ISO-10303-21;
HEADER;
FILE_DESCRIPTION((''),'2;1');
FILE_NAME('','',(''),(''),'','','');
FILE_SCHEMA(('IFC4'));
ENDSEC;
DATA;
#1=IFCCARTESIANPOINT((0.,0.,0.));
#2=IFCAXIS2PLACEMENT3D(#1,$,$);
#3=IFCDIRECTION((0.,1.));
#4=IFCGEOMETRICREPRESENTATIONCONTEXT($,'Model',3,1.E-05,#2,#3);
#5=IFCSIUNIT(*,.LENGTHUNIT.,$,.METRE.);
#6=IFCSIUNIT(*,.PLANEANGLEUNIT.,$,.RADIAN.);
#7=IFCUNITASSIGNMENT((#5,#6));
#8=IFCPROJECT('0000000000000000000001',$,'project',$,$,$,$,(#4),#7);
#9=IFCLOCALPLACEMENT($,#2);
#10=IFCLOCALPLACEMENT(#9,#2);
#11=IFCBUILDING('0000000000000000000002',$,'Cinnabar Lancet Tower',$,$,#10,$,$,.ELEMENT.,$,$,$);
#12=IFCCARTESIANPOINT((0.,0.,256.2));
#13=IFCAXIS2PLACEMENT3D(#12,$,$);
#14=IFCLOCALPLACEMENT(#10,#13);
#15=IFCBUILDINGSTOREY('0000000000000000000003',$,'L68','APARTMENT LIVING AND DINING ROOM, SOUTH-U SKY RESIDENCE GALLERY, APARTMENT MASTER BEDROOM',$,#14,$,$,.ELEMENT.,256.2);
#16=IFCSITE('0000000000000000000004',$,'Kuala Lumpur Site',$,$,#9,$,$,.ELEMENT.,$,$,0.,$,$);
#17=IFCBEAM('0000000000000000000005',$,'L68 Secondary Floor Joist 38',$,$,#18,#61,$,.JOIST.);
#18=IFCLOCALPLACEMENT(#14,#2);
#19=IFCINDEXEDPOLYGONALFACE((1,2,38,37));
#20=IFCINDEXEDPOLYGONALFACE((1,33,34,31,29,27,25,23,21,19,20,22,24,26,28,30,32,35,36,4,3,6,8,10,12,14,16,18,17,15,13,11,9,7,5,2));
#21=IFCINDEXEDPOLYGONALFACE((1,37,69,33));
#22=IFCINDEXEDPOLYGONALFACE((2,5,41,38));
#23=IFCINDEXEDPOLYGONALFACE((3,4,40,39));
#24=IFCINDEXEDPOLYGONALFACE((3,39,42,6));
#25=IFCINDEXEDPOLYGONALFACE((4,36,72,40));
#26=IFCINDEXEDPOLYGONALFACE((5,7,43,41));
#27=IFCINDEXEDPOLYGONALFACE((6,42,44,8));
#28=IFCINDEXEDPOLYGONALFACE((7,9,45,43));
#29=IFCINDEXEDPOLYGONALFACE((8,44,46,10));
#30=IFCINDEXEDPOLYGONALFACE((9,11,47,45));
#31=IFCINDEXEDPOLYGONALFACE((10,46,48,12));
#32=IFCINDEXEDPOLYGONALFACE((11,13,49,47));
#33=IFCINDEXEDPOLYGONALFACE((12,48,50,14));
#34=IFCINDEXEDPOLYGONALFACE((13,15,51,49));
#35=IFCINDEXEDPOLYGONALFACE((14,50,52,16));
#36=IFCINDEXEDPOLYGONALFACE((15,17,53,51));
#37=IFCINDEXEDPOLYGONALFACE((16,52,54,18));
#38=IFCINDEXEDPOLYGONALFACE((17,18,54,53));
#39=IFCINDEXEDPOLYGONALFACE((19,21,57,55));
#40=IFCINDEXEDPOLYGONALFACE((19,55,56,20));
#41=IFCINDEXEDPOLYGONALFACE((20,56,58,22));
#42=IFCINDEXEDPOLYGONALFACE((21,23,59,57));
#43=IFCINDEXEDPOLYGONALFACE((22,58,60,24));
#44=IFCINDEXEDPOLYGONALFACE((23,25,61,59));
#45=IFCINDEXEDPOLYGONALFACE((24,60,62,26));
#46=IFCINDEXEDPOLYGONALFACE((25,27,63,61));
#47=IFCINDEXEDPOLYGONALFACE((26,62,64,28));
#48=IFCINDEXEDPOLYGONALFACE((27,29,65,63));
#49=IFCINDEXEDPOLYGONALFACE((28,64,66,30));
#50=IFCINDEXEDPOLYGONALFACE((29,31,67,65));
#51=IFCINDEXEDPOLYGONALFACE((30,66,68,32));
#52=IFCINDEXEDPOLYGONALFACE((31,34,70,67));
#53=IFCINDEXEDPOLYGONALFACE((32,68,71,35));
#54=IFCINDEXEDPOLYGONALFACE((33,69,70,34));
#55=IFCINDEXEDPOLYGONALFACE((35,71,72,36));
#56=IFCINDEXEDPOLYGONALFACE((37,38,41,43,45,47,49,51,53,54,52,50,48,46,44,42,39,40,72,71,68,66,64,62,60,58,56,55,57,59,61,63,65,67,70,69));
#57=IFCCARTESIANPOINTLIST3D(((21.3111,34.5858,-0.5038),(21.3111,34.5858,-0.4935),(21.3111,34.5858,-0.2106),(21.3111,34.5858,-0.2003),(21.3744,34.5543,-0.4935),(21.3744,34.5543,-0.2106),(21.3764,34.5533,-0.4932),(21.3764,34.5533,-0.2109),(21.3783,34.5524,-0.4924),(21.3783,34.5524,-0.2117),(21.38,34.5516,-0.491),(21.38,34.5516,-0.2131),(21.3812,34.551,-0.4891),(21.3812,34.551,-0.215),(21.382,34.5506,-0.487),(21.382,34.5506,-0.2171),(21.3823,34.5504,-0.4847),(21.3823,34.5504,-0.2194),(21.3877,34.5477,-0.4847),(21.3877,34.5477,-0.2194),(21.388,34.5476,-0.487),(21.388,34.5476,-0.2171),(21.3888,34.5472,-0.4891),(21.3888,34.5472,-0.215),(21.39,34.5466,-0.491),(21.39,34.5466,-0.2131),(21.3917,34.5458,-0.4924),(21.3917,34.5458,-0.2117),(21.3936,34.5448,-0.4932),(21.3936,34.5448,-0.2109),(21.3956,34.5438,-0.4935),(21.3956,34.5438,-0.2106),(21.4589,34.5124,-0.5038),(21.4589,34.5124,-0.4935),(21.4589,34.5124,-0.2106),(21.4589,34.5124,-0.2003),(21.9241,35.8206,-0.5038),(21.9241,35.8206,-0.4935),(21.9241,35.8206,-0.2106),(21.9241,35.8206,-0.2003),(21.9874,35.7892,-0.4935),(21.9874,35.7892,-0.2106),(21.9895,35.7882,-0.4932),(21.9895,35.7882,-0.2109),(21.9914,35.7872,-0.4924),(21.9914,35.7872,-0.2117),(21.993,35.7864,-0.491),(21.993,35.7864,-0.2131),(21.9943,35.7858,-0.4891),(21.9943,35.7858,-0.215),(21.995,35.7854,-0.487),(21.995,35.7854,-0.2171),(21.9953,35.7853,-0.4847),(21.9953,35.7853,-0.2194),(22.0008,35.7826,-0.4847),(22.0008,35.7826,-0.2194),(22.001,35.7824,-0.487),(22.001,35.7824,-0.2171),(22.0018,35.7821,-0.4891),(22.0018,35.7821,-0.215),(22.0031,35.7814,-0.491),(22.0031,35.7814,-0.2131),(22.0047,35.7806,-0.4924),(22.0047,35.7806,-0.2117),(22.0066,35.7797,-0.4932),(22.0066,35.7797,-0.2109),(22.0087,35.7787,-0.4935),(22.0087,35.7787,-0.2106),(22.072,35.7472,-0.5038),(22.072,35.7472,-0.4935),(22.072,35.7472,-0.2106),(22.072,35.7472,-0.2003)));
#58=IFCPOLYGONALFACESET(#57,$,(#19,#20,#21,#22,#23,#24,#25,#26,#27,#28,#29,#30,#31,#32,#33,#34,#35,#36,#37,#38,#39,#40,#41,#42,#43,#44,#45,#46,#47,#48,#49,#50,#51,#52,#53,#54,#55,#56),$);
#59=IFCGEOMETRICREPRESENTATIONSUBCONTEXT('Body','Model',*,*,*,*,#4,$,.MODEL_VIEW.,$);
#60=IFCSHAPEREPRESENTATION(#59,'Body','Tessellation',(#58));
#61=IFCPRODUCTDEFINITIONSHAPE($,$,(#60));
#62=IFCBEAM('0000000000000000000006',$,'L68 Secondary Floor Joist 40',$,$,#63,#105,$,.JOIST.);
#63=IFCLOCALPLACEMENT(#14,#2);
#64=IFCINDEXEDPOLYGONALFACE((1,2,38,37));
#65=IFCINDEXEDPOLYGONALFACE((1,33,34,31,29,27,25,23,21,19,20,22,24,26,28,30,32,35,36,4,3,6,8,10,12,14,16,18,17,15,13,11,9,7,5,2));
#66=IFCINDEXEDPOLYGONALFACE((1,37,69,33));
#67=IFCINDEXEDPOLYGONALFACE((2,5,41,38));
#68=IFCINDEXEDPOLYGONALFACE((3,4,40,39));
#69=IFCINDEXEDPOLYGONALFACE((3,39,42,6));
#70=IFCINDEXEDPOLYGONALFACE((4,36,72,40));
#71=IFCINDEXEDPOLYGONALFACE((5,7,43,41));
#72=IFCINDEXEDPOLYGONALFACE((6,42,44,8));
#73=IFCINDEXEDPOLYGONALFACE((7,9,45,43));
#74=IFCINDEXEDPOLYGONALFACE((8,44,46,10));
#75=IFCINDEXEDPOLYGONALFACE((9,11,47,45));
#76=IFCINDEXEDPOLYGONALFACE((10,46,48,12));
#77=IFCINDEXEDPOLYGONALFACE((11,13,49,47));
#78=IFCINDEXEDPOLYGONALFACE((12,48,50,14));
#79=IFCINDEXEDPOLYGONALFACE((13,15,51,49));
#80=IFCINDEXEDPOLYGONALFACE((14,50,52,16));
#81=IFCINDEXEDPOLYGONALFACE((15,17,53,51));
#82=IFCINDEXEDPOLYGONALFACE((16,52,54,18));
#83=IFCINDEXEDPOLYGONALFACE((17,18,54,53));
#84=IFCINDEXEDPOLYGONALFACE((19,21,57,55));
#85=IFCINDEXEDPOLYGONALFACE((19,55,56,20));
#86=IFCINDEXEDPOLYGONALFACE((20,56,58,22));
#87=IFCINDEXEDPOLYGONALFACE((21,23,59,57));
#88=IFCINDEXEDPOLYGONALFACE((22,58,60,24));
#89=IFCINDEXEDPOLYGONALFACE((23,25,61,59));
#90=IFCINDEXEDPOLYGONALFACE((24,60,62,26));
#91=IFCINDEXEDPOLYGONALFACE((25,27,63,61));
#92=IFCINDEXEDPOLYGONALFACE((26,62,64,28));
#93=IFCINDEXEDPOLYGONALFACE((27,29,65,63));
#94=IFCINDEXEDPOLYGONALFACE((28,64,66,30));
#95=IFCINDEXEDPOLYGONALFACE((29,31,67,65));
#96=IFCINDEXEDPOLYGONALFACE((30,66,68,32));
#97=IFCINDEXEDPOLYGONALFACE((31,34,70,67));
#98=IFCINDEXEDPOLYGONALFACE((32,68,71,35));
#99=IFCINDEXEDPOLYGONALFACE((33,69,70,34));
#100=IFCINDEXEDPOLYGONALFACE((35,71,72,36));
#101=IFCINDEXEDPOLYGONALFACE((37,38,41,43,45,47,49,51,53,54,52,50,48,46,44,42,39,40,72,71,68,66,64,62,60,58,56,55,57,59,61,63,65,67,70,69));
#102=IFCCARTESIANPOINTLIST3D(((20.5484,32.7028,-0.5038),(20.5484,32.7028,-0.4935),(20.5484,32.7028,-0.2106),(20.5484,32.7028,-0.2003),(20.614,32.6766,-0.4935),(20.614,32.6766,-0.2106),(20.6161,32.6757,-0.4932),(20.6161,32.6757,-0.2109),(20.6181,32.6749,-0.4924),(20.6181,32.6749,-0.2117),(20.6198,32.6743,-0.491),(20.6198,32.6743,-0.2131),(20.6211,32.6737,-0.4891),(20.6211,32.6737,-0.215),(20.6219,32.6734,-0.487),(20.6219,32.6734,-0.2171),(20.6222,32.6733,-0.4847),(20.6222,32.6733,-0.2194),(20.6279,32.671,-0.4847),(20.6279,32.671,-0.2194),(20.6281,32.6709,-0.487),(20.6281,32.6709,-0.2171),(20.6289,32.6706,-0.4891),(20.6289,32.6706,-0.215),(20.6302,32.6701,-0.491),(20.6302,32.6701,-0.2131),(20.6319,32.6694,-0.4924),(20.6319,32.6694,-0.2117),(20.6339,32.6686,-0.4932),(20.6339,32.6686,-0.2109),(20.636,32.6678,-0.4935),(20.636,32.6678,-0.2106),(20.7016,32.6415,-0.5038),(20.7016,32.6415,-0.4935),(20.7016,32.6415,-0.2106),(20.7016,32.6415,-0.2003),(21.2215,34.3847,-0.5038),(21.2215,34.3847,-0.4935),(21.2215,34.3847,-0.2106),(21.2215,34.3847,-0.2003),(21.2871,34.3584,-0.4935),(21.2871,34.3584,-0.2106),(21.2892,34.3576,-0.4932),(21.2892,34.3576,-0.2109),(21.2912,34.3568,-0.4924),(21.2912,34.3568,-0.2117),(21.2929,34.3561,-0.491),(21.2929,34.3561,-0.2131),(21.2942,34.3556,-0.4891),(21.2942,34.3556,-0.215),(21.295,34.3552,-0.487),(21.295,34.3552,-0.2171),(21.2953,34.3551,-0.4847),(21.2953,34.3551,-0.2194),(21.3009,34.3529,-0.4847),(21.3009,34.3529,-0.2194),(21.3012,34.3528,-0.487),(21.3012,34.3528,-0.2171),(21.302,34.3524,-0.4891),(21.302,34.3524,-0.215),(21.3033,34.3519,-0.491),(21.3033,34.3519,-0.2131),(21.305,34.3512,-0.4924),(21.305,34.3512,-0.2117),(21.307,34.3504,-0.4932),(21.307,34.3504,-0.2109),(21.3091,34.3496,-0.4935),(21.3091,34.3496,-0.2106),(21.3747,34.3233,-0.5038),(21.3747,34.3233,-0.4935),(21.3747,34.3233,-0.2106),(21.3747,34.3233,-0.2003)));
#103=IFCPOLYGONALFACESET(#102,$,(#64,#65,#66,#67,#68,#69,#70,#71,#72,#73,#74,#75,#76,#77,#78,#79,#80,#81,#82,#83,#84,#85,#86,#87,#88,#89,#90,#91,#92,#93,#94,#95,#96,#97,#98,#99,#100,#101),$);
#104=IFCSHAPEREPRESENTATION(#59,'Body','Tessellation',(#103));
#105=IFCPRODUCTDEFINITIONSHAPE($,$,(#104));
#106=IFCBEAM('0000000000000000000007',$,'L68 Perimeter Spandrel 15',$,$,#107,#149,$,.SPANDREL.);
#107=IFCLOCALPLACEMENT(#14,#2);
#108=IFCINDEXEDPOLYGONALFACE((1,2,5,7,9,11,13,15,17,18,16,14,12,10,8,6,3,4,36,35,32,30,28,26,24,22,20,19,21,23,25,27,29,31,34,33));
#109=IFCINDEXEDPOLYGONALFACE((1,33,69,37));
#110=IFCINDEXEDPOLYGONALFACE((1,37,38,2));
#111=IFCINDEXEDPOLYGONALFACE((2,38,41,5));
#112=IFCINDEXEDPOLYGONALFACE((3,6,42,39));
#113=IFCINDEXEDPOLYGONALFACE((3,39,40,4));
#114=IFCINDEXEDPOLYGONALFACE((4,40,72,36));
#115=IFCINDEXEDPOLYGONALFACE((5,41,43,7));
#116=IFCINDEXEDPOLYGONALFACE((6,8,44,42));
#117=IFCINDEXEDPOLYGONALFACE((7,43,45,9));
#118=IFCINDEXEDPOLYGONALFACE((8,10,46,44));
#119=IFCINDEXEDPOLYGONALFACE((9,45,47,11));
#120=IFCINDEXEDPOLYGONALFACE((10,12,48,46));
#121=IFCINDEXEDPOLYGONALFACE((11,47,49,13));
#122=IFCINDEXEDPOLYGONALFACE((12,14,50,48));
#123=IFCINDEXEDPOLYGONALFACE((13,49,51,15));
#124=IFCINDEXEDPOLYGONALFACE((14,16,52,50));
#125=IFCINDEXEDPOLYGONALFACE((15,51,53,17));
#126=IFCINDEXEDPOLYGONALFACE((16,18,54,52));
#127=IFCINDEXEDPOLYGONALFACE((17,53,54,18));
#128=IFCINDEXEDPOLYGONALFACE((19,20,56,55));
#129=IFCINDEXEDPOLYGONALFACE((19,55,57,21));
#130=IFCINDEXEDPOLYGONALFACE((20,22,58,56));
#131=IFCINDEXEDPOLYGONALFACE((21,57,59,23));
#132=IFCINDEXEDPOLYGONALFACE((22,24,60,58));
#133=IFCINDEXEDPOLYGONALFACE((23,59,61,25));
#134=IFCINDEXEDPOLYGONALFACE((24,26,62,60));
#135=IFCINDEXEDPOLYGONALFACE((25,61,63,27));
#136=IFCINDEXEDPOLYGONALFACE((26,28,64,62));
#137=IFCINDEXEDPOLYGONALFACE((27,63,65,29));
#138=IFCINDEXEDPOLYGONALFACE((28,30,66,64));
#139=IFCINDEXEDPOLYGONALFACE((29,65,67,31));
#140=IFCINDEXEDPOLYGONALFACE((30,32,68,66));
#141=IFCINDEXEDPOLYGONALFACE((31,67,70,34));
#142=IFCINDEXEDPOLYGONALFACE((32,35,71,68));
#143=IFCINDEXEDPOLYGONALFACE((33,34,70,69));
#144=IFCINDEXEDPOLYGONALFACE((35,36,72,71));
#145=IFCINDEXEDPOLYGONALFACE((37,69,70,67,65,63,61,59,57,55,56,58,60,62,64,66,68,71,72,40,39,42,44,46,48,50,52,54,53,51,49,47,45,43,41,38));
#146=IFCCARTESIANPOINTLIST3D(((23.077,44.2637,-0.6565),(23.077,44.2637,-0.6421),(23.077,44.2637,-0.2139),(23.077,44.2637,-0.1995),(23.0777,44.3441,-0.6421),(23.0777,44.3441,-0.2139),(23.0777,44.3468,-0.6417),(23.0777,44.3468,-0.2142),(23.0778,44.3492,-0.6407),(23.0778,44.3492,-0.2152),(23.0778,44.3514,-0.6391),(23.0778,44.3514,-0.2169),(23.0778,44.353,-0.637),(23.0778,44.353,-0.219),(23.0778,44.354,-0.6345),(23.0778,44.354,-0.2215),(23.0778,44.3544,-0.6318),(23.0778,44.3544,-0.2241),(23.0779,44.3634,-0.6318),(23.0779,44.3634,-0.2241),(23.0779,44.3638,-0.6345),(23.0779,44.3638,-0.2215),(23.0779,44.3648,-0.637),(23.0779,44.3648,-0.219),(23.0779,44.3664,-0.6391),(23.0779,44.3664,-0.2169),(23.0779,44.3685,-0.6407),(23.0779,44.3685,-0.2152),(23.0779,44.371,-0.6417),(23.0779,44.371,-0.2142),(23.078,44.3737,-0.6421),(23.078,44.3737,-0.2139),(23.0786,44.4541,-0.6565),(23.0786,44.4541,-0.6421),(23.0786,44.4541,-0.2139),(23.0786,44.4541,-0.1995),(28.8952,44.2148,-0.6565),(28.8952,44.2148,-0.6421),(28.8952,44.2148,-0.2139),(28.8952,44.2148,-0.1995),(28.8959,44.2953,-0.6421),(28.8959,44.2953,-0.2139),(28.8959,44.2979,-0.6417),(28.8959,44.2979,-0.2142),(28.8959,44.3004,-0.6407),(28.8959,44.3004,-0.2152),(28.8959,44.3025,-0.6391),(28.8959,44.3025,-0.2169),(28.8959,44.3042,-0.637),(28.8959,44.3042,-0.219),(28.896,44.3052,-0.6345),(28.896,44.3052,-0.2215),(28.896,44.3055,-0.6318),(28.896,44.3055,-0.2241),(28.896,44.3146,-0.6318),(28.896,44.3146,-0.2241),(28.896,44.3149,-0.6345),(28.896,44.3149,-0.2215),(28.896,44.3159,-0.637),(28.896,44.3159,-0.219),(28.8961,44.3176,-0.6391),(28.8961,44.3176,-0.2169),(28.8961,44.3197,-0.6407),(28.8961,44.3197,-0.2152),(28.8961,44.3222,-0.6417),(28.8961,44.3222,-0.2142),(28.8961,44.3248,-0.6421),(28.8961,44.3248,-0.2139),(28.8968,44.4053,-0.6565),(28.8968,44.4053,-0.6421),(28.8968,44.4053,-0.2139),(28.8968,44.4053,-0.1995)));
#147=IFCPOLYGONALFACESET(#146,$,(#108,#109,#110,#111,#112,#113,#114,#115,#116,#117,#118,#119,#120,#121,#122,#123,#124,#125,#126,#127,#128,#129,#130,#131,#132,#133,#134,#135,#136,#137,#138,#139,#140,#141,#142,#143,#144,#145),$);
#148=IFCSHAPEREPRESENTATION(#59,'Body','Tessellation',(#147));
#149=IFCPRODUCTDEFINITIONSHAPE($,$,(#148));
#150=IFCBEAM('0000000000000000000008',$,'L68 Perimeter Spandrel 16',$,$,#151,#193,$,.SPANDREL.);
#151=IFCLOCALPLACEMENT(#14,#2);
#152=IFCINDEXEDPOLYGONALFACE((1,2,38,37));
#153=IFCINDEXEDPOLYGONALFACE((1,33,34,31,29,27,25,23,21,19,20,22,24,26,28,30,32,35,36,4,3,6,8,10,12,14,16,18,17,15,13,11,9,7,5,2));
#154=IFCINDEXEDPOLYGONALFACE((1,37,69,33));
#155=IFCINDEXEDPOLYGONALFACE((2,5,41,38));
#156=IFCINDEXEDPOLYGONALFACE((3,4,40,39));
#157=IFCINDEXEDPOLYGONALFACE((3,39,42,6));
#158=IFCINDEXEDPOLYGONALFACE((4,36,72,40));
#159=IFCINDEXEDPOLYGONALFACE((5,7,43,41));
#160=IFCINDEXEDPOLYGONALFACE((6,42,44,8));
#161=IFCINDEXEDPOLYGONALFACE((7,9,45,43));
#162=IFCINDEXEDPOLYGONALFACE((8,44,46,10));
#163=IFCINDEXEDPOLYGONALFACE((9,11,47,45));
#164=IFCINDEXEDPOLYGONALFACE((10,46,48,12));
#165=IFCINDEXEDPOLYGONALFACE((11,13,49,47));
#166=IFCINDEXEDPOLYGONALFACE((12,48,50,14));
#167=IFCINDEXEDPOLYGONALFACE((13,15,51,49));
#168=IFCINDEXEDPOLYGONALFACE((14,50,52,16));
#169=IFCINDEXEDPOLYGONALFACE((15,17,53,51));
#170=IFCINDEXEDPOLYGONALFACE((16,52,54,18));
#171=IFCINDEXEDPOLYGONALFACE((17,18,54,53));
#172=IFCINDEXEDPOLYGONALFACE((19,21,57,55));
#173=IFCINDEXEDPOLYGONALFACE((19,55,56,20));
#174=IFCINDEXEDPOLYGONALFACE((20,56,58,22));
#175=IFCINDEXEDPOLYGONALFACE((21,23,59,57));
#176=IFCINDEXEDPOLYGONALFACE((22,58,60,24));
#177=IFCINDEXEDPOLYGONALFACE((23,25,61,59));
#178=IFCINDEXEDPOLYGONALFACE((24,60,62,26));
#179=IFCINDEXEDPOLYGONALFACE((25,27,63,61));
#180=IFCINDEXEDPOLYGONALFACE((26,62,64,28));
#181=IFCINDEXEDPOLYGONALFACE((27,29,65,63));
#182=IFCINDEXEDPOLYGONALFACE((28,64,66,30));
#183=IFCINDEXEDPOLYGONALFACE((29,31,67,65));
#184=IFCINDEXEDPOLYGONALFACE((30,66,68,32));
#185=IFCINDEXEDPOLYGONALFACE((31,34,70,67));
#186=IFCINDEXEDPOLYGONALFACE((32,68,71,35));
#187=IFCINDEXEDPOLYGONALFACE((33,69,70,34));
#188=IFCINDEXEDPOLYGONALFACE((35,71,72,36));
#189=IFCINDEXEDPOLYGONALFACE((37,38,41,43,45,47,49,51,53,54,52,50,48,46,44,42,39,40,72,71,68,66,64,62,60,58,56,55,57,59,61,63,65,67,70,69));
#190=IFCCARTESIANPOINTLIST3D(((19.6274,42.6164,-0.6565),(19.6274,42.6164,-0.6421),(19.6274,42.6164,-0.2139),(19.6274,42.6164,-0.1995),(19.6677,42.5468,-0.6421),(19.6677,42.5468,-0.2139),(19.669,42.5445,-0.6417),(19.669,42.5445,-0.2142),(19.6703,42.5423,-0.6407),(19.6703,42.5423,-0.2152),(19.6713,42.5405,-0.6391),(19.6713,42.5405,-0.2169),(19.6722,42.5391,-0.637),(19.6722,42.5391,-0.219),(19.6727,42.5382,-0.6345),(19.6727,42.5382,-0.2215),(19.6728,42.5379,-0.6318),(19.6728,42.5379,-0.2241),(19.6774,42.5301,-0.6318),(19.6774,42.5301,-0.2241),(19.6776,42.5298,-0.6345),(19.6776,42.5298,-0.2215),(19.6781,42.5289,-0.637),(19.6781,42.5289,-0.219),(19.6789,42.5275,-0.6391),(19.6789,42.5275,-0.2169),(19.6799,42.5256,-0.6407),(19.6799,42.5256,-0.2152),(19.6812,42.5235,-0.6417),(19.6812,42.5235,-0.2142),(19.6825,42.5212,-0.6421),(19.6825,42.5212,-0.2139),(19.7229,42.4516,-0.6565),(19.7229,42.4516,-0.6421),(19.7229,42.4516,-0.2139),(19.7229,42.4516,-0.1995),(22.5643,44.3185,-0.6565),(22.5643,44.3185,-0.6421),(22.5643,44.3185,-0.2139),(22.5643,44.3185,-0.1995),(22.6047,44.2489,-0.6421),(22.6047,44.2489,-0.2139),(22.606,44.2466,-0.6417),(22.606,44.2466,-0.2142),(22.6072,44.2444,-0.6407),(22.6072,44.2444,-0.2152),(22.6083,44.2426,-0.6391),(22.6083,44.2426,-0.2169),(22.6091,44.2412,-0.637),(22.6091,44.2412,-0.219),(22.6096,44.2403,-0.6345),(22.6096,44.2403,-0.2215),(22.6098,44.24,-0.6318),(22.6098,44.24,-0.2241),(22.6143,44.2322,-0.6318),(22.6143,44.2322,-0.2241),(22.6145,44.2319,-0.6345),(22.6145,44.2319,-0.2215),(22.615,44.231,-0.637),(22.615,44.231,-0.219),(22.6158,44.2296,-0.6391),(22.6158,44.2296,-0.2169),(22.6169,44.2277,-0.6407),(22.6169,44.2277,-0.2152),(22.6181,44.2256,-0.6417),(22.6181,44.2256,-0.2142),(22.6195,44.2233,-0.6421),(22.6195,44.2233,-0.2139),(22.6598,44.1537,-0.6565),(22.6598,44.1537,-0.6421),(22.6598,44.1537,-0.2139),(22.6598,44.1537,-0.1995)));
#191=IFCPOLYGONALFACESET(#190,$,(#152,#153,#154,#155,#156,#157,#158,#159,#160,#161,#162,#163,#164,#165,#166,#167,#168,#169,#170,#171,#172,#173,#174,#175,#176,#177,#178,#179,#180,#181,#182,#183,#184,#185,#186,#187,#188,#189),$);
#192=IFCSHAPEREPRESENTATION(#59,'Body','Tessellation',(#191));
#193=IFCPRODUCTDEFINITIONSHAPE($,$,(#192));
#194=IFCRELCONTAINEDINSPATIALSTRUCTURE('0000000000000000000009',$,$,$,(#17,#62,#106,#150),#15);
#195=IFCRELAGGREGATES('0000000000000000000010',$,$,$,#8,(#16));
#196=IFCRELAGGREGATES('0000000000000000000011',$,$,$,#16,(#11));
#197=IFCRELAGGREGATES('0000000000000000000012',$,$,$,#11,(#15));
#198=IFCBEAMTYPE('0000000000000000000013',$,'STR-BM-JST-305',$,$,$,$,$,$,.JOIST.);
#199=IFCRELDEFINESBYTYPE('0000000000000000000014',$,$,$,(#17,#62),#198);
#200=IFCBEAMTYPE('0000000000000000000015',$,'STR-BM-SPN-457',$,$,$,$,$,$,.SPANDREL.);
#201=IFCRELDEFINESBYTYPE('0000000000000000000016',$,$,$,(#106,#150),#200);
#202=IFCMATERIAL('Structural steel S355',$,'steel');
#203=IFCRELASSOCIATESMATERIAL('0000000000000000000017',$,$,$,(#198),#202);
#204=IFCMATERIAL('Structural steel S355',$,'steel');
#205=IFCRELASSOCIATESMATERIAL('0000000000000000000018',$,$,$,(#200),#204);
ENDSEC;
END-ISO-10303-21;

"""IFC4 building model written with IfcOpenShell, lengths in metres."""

from ifc_helpers import new_model, si_unit, direction, frame, origin, origin_2d, place, context, subcontext, project, spatial, i_section, extrude, material, material_profile, profile_set, type_object, element, save


model = new_model("IFC4")

# Units and contexts
model_context = context("Model", 3, precision=1e-05, world=origin(), true_north=direction((0.0, 1.0)))
body_context = subcontext(model_context, "Body", "Model", "MODEL_VIEW")
ifc_project = project(units=[si_unit("LENGTHUNIT", "METRE"), si_unit("PLANEANGLEUNIT", "RADIAN")], contexts=[model_context])

# Site, building, storey
site_placement = place(None, origin())
site = spatial("IfcSite", under=ifc_project, at=site_placement, Name="Kuala Lumpur Site", CompositionType="ELEMENT", RefElevation=0.0)
building_placement = place(site_placement, origin())
building = spatial("IfcBuilding", under=site, at=building_placement, Name="Cinnabar Lancet Tower", CompositionType="ELEMENT")
storey_placement = place(building_placement, frame((0.0, 0.0, 256.2)))
storey = spatial("IfcBuildingStorey", under=building, at=storey_placement, Name="L68", Description="APARTMENT LIVING AND DINING ROOM, SOUTH-U SKY RESIDENCE GALLERY, APARTMENT MASTER BEDROOM", CompositionType="ELEMENT", Elevation=256.2)

# Beams
ifc_material_1 = material(Name="Structural steel S355", Category="steel")
ifc_material_profile_1 = material_profile(ifc_material_1, i_section(OverallWidth=0.165, OverallDepth=0.3035, WebThickness=0.0061, FlangeThickness=0.0103, FilletRadius=0.0088, at=origin_2d()), Name="UKB 305x165x40")
ifc_profile_set_1 = profile_set([ifc_material_profile_1], Name="Structural steel S355")
beam_type_1 = type_object("IfcBeamType", Name="STR-BM-JST-305", PredefinedType="JOIST", material=ifc_profile_set_1)
beam_1_placement = place(storey_placement, frame((21.998, 35.7839, -0.3521), z_axis=(-0.444662, -0.895699, 0.0), x_axis=(0.895699, -0.444662, 0.0)))
element("IfcBeam", 1, at=beam_1_placement, inside=storey, type_object=beam_type_1, Name="L68 Secondary Floor Joist 38", PredefinedType="JOIST", context=body_context, shape_type="SweptSolid", body=[
    extrude(i_section(OverallWidth=0.165, OverallDepth=0.3035, WebThickness=0.0061, FlangeThickness=0.0103, FilletRadius=0.0088, at=origin_2d()), origin(), (0.0, 0.0, 1.0), 1.3787),
])
beam_2_placement = place(storey_placement, frame((21.2981, 34.354, -0.3521), z_axis=(-0.371553, -0.928412, 0.0), x_axis=(0.928412, -0.371553, 0.0)))
element("IfcBeam", 2, at=beam_2_placement, inside=storey, type_object=beam_type_1, Name="L68 Secondary Floor Joist 40", PredefinedType="JOIST", context=body_context, shape_type="SweptSolid", body=[
    extrude(i_section(OverallWidth=0.165, OverallDepth=0.3035, WebThickness=0.0061, FlangeThickness=0.0103, FilletRadius=0.0088, at=origin_2d()), origin(), (0.0, 0.0, 1.0), 1.8115),
])
ifc_material_2 = material(Name="Structural steel S355", Category="steel")
ifc_material_profile_2 = material_profile(ifc_material_2, i_section(OverallWidth=0.1904, OverallDepth=0.457, WebThickness=0.009, FlangeThickness=0.0144, FilletRadius=0.0103, at=origin_2d()), Name="UKB 457x191x74")
ifc_profile_set_2 = profile_set([ifc_material_profile_2], Name="Structural steel S355")
beam_type_2 = type_object("IfcBeamType", Name="STR-BM-SPN-457", PredefinedType="SPANDREL", material=ifc_profile_set_2)
beam_3_placement = place(storey_placement, frame((28.896, 44.3101, -0.428), z_axis=(-0.999965, 0.008392, 0.0), x_axis=(-0.008392, -0.999965, 0.0)))
element("IfcBeam", 3, at=beam_3_placement, inside=storey, type_object=beam_type_2, Name="L68 Perimeter Spandrel 15", PredefinedType="SPANDREL", context=body_context, shape_type="SweptSolid", body=[
    extrude(i_section(OverallWidth=0.1904, OverallDepth=0.457, WebThickness=0.009, FlangeThickness=0.0144, FilletRadius=0.0103, at=origin_2d()), origin(), (0.0, 0.0, 1.0), 5.8184),
])
beam_4_placement = place(storey_placement, frame((22.6121, 44.2361, -0.428), z_axis=(-0.8652, -0.501427, 0.0), x_axis=(0.501427, -0.8652, 0.0)))
element("IfcBeam", 4, at=beam_4_placement, inside=storey, type_object=beam_type_2, Name="L68 Perimeter Spandrel 16", PredefinedType="SPANDREL", context=body_context, shape_type="SweptSolid", body=[
    extrude(i_section(OverallWidth=0.1904, OverallDepth=0.457, WebThickness=0.009, FlangeThickness=0.0144, FilletRadius=0.0103, at=origin_2d()), origin(), (0.0, 0.0, 1.0), 3.3945),
])

save(model, "model.ifc")
